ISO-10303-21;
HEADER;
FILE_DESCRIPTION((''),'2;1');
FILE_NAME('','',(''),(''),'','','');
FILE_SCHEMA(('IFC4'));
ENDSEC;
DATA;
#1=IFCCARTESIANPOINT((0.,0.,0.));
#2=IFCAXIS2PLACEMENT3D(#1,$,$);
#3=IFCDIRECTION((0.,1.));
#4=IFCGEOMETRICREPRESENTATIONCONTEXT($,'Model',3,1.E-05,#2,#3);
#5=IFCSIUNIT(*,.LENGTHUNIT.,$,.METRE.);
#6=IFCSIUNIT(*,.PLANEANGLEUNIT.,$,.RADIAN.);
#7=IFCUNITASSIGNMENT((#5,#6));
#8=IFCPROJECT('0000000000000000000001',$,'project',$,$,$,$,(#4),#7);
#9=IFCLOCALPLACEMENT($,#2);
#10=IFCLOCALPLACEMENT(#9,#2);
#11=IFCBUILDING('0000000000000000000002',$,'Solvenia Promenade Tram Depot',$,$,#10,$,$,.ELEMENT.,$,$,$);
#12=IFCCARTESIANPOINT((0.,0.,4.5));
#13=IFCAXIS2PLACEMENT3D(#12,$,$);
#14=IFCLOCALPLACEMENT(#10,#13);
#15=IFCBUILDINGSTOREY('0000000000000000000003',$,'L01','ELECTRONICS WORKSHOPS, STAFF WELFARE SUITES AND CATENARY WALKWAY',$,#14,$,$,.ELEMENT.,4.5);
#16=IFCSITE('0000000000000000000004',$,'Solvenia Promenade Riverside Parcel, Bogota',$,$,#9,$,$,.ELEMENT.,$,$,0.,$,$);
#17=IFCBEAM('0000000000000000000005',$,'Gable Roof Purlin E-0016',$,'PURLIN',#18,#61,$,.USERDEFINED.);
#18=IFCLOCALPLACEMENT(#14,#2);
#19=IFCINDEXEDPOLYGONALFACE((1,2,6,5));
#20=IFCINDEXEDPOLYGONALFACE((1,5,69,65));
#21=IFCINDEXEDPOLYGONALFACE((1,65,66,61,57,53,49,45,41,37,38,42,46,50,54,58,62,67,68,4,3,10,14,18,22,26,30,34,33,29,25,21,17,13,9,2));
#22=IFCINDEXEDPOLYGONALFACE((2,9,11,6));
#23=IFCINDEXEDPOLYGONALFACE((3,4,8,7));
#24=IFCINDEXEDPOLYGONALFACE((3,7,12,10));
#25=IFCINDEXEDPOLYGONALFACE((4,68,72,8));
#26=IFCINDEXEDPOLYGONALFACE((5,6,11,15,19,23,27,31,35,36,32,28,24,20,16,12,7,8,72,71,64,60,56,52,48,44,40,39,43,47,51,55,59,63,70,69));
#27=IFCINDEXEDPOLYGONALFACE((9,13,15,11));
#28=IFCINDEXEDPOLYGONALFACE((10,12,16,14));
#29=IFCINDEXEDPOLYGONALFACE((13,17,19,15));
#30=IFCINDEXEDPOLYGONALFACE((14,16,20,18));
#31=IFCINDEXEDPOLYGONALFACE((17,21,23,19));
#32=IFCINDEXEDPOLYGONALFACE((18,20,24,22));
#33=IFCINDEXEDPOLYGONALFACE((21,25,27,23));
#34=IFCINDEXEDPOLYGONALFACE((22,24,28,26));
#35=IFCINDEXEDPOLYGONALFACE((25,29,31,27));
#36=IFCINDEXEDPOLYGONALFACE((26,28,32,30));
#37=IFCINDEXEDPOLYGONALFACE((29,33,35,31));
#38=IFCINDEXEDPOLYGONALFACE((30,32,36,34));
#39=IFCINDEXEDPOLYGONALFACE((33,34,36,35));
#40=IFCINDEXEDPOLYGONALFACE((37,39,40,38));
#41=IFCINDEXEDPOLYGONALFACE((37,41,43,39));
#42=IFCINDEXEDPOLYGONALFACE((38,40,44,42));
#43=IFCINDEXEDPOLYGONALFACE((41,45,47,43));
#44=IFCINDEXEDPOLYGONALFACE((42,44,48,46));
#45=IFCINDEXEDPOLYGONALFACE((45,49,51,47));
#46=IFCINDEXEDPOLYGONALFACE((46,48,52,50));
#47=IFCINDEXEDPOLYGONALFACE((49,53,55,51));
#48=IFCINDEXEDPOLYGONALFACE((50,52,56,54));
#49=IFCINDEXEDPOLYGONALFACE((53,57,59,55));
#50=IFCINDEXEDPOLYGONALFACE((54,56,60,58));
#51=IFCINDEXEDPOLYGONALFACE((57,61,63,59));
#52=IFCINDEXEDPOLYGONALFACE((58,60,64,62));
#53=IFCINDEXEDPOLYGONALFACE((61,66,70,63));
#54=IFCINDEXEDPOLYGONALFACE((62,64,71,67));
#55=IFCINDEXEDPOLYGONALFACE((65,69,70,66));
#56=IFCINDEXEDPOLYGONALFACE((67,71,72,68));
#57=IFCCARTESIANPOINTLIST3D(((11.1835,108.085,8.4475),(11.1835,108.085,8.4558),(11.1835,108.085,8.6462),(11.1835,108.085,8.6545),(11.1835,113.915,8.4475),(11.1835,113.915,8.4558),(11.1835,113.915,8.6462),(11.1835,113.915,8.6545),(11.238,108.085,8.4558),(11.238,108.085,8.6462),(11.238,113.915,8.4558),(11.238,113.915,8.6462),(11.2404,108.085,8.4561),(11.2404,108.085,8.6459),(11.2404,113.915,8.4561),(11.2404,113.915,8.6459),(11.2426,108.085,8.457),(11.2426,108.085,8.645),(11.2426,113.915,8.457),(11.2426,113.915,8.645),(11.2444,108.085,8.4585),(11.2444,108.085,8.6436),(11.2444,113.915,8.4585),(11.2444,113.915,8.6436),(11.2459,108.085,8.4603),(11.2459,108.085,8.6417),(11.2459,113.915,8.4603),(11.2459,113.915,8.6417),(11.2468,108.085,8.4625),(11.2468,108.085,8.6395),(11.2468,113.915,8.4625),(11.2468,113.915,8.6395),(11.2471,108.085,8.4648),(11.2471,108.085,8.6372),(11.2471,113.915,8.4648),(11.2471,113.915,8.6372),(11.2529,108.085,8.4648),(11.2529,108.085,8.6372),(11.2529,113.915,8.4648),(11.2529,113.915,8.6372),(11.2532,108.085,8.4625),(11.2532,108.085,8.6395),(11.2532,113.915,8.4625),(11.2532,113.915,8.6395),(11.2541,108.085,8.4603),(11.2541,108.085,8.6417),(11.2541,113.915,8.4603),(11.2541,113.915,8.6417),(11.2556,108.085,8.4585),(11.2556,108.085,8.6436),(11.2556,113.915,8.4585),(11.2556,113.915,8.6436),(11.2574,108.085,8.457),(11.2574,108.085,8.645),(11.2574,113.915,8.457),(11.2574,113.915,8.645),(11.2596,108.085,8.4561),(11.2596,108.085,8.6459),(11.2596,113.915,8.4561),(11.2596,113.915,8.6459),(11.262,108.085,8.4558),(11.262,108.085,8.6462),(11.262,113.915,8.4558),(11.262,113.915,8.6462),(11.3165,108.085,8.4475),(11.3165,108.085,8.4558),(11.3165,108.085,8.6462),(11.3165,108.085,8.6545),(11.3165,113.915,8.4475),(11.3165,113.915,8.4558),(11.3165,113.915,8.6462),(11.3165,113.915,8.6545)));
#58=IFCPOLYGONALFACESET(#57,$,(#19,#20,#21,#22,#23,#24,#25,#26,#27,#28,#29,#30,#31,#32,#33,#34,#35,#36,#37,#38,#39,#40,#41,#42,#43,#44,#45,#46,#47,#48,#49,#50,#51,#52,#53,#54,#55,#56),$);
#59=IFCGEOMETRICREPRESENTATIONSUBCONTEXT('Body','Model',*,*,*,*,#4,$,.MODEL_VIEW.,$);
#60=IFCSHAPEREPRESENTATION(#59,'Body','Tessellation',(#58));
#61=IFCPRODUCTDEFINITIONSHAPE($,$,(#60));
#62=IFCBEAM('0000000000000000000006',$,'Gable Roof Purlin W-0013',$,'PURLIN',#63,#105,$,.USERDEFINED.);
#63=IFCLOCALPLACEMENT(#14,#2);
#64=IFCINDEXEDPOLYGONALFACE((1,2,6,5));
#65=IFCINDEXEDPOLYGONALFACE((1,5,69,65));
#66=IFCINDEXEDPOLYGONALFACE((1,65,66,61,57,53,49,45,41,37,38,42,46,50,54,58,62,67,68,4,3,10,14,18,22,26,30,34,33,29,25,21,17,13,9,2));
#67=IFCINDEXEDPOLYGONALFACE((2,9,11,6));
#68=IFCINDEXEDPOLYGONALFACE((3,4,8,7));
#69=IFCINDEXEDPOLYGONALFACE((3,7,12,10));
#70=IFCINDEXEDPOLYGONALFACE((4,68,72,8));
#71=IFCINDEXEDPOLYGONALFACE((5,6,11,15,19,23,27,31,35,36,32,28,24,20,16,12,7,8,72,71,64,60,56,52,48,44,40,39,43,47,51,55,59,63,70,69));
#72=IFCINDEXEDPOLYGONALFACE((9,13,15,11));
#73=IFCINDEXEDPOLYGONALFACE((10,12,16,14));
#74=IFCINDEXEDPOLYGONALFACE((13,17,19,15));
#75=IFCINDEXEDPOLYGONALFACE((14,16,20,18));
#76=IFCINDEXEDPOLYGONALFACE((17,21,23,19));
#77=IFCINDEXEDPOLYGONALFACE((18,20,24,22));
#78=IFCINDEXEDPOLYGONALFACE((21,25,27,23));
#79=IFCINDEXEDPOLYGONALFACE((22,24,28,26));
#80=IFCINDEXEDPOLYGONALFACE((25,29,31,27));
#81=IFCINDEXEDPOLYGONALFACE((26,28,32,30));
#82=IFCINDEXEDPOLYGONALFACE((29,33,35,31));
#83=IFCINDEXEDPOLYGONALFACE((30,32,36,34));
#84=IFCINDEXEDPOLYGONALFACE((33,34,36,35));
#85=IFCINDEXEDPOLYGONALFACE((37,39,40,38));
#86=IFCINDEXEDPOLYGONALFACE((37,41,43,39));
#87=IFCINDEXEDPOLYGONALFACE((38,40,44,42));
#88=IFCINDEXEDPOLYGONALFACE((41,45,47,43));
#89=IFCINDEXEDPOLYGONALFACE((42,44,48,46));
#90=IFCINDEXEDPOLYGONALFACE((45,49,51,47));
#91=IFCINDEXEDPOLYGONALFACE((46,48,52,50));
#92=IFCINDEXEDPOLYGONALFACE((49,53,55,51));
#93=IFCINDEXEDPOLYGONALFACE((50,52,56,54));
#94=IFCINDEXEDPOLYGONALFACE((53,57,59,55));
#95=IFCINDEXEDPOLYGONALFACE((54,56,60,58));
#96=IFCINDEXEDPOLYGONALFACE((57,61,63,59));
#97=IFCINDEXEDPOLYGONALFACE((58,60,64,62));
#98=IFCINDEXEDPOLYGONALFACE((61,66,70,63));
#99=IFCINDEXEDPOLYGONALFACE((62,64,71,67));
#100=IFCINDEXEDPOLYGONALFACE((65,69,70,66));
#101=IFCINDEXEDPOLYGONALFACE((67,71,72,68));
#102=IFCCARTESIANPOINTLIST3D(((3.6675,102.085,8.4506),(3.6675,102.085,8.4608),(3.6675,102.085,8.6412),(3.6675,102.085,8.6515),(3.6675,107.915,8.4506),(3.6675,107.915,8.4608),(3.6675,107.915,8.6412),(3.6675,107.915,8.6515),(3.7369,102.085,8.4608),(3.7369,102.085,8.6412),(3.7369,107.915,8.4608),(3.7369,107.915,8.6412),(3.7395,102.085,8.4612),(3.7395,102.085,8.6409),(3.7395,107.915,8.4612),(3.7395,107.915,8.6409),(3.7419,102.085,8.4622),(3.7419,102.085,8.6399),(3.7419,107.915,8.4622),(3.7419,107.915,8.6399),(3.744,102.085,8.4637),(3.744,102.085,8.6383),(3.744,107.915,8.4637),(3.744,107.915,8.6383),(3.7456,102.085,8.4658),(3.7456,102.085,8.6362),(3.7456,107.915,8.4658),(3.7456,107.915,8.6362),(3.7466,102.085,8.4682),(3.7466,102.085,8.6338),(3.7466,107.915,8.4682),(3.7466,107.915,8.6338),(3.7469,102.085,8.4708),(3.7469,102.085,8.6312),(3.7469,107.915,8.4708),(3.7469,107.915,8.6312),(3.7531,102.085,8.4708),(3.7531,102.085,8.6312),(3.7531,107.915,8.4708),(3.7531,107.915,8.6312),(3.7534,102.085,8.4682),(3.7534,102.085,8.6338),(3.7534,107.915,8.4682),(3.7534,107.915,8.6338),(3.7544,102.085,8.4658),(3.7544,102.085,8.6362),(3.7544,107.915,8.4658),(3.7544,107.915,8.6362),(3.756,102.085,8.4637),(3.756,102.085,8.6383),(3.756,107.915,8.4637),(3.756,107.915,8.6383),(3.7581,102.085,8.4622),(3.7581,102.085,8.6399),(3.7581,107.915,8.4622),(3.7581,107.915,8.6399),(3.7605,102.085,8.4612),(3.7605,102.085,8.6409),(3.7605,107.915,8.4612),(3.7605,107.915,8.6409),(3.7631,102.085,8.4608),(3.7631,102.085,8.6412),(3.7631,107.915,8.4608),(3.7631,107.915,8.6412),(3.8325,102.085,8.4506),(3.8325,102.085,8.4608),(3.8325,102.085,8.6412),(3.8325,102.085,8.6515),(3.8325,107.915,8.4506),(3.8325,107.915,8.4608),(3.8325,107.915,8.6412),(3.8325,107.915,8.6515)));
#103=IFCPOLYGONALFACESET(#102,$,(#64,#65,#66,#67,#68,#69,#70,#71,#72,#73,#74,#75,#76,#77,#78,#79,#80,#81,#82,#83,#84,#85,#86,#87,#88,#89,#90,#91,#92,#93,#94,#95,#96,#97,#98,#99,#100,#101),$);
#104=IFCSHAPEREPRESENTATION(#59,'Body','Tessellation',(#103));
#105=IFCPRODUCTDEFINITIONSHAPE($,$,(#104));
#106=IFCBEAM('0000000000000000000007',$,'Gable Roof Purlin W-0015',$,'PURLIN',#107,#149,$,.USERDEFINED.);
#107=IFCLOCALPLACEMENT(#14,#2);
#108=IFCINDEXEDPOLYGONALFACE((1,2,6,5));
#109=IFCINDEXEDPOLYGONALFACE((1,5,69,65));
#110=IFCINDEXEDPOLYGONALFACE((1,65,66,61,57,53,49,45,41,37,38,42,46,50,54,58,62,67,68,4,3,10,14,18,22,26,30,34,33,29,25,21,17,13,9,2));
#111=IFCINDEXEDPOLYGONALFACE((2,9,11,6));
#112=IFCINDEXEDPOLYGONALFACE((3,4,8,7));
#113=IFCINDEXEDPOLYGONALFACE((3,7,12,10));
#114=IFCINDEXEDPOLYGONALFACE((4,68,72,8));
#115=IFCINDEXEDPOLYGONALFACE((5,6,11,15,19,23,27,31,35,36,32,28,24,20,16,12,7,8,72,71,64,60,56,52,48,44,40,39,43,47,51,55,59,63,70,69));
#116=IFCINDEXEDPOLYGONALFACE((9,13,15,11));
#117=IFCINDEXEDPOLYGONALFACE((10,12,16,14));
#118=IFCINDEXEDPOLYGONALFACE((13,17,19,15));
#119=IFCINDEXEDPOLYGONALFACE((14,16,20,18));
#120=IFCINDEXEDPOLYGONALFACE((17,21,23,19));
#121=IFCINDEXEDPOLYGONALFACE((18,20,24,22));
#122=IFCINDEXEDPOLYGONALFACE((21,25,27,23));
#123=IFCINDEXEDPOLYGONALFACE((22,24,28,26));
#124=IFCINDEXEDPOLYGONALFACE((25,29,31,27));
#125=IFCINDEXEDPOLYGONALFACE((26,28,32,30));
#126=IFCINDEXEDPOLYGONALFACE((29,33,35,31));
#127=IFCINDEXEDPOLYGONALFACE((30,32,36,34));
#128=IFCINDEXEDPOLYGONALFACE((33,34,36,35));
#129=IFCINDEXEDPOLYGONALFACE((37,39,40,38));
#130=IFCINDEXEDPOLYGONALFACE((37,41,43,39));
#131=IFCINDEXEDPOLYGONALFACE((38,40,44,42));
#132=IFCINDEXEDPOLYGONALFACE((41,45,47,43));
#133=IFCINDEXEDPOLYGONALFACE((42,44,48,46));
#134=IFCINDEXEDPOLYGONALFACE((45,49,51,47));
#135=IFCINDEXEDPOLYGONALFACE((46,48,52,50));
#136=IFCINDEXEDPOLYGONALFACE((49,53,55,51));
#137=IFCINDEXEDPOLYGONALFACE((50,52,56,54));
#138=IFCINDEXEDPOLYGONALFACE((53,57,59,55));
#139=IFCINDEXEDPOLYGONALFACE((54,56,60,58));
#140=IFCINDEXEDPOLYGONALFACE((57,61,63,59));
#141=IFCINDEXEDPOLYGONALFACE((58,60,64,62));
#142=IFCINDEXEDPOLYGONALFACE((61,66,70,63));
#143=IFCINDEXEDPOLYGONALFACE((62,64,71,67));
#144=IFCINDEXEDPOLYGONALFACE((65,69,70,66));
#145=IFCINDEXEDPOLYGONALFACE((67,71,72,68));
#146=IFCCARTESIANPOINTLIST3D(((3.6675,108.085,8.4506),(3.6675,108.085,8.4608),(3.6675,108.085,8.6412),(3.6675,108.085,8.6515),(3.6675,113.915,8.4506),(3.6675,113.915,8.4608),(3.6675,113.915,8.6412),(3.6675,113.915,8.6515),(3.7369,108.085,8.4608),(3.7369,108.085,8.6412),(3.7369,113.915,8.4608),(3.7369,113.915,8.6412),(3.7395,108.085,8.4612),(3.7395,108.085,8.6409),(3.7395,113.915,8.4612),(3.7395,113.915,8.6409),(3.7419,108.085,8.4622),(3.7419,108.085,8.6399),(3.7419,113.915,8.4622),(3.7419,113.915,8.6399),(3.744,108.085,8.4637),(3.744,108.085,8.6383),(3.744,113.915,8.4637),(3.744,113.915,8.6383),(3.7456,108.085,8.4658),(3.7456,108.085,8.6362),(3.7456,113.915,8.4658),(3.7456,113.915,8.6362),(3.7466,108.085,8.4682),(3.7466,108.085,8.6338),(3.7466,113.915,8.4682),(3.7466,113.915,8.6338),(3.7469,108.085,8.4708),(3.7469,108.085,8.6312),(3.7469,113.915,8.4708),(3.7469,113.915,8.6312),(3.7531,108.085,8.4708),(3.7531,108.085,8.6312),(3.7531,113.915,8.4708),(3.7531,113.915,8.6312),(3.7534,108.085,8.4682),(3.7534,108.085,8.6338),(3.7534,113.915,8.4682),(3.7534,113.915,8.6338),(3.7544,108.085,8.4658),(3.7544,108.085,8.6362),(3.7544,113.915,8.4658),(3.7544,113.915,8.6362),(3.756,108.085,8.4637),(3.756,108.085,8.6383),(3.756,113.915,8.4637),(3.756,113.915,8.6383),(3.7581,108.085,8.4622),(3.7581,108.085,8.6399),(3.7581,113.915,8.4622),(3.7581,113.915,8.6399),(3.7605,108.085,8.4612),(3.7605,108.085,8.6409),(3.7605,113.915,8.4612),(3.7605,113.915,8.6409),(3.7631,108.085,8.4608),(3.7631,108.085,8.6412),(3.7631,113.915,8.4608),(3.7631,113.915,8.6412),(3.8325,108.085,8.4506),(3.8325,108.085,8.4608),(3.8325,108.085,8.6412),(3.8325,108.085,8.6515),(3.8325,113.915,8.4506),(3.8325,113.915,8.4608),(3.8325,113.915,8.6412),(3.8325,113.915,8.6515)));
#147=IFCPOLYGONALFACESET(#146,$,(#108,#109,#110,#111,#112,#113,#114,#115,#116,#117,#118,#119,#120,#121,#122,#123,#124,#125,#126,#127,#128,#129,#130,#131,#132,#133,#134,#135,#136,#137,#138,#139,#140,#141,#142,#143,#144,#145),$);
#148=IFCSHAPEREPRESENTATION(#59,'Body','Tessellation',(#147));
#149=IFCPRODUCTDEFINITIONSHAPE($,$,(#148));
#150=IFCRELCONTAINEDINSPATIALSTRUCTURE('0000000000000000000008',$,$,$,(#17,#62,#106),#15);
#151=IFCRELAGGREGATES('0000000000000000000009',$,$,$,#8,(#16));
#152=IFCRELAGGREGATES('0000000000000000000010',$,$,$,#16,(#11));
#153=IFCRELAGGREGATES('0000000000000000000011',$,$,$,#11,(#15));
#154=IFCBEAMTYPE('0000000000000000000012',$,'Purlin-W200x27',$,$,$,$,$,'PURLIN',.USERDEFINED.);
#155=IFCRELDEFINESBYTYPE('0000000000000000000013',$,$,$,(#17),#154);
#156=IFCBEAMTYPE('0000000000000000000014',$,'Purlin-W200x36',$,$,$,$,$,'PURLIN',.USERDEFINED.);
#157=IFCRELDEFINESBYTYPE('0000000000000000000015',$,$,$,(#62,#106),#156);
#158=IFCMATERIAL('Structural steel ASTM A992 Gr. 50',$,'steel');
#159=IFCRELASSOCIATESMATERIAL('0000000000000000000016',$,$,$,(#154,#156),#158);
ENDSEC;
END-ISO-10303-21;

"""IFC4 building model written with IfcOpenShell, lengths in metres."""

from ifc_helpers import new_model, si_unit, direction, frame, origin, origin_2d, place, context, subcontext, project, spatial, i_section, extrude, material, material_profile, profile_set, type_object, element, save


model = new_model("IFC4")

# Units and contexts
model_context = context("Model", 3, precision=1e-05, world=origin(), true_north=direction((0.0, 1.0)))
body_context = subcontext(model_context, "Body", "Model", "MODEL_VIEW")
ifc_project = project(units=[si_unit("LENGTHUNIT", "METRE"), si_unit("PLANEANGLEUNIT", "RADIAN")], contexts=[model_context])

# Site, building, storey
site_placement = place(None, origin())
site = spatial("IfcSite", under=ifc_project, at=site_placement, Name="Solvenia Promenade Riverside Parcel, Bogota", CompositionType="ELEMENT", RefElevation=0.0)
building_placement = place(site_placement, origin())
building = spatial("IfcBuilding", under=site, at=building_placement, Name="Solvenia Promenade Tram Depot", CompositionType="ELEMENT")
storey_placement = place(building_placement, frame((0.0, 0.0, 4.5)))
storey = spatial("IfcBuildingStorey", under=building, at=storey_placement, Name="L01", Description="ELECTRONICS WORKSHOPS, STAFF WELFARE SUITES AND CATENARY WALKWAY", CompositionType="ELEMENT", Elevation=4.5)

# Beams
ifc_material_1 = material(Name="Structural steel ASTM A992 Gr. 50", Category="steel")
ifc_material_profile_1 = material_profile(ifc_material_1, i_section(OverallWidth=0.1331, OverallDepth=0.207, WebThickness=0.0059, FlangeThickness=0.0083, FilletRadius=0.009, at=origin_2d()), Name="W200x27", Category="steel")
ifc_profile_set_1 = profile_set([ifc_material_profile_1], Name="Structural steel ASTM A992 Gr. 50")
beam_type_1 = type_object("IfcBeamType", Name="Purlin-W200x27", ElementType="PURLIN", PredefinedType="USERDEFINED", material=ifc_profile_set_1)
for number, where, z_axis, x_axis, name in (
    (1, (11.25, 108.085, 8.551), (0.0, 1.0, 0.0), (-1.0, 0.0, 0.0), "Gable Roof Purlin E-0016"),
):
    element("IfcBeam", number, at=place(storey_placement, frame(where, z_axis=z_axis, x_axis=x_axis)), inside=storey, type_object=beam_type_1, Name=name, ObjectType="PURLIN", PredefinedType="USERDEFINED", context=body_context, shape_type="SweptSolid", body=[
        extrude(i_section(OverallWidth=0.1331, OverallDepth=0.207, WebThickness=0.0059, FlangeThickness=0.0083, FilletRadius=0.009, at=origin_2d()), origin(), (0.0, 0.0, 1.0), 5.8301),
    ])
ifc_material_profile_2 = material_profile(ifc_material_1, i_section(OverallWidth=0.165, OverallDepth=0.2009, WebThickness=0.0061, FlangeThickness=0.0103, FilletRadius=0.01, at=origin_2d()), Name="W200x36", Category="steel")
ifc_profile_set_2 = profile_set([ifc_material_profile_2], Name="Structural steel ASTM A992 Gr. 50")
beam_type_2 = type_object("IfcBeamType", Name="Purlin-W200x36", ElementType="PURLIN", PredefinedType="USERDEFINED", material=ifc_profile_set_2)
for number, where, z_axis, x_axis, name in (
    (2, (3.75, 102.085, 8.551), (0.0, 1.0, 0.0), (-1.0, 0.0, 0.0), "Gable Roof Purlin W-0013"),
    (3, (3.75, 108.085, 8.551), (0.0, 1.0, 0.0), (-1.0, 0.0, 0.0), "Gable Roof Purlin W-0015"),
):
    element("IfcBeam", number, at=place(storey_placement, frame(where, z_axis=z_axis, x_axis=x_axis)), inside=storey, type_object=beam_type_2, Name=name, ObjectType="PURLIN", PredefinedType="USERDEFINED", context=body_context, shape_type="SweptSolid", body=[
        extrude(i_section(OverallWidth=0.165, OverallDepth=0.2009, WebThickness=0.0061, FlangeThickness=0.0103, FilletRadius=0.01, at=origin_2d()), origin(), (0.0, 0.0, 1.0), 5.8301),
    ])

save(model, "model.ifc")
